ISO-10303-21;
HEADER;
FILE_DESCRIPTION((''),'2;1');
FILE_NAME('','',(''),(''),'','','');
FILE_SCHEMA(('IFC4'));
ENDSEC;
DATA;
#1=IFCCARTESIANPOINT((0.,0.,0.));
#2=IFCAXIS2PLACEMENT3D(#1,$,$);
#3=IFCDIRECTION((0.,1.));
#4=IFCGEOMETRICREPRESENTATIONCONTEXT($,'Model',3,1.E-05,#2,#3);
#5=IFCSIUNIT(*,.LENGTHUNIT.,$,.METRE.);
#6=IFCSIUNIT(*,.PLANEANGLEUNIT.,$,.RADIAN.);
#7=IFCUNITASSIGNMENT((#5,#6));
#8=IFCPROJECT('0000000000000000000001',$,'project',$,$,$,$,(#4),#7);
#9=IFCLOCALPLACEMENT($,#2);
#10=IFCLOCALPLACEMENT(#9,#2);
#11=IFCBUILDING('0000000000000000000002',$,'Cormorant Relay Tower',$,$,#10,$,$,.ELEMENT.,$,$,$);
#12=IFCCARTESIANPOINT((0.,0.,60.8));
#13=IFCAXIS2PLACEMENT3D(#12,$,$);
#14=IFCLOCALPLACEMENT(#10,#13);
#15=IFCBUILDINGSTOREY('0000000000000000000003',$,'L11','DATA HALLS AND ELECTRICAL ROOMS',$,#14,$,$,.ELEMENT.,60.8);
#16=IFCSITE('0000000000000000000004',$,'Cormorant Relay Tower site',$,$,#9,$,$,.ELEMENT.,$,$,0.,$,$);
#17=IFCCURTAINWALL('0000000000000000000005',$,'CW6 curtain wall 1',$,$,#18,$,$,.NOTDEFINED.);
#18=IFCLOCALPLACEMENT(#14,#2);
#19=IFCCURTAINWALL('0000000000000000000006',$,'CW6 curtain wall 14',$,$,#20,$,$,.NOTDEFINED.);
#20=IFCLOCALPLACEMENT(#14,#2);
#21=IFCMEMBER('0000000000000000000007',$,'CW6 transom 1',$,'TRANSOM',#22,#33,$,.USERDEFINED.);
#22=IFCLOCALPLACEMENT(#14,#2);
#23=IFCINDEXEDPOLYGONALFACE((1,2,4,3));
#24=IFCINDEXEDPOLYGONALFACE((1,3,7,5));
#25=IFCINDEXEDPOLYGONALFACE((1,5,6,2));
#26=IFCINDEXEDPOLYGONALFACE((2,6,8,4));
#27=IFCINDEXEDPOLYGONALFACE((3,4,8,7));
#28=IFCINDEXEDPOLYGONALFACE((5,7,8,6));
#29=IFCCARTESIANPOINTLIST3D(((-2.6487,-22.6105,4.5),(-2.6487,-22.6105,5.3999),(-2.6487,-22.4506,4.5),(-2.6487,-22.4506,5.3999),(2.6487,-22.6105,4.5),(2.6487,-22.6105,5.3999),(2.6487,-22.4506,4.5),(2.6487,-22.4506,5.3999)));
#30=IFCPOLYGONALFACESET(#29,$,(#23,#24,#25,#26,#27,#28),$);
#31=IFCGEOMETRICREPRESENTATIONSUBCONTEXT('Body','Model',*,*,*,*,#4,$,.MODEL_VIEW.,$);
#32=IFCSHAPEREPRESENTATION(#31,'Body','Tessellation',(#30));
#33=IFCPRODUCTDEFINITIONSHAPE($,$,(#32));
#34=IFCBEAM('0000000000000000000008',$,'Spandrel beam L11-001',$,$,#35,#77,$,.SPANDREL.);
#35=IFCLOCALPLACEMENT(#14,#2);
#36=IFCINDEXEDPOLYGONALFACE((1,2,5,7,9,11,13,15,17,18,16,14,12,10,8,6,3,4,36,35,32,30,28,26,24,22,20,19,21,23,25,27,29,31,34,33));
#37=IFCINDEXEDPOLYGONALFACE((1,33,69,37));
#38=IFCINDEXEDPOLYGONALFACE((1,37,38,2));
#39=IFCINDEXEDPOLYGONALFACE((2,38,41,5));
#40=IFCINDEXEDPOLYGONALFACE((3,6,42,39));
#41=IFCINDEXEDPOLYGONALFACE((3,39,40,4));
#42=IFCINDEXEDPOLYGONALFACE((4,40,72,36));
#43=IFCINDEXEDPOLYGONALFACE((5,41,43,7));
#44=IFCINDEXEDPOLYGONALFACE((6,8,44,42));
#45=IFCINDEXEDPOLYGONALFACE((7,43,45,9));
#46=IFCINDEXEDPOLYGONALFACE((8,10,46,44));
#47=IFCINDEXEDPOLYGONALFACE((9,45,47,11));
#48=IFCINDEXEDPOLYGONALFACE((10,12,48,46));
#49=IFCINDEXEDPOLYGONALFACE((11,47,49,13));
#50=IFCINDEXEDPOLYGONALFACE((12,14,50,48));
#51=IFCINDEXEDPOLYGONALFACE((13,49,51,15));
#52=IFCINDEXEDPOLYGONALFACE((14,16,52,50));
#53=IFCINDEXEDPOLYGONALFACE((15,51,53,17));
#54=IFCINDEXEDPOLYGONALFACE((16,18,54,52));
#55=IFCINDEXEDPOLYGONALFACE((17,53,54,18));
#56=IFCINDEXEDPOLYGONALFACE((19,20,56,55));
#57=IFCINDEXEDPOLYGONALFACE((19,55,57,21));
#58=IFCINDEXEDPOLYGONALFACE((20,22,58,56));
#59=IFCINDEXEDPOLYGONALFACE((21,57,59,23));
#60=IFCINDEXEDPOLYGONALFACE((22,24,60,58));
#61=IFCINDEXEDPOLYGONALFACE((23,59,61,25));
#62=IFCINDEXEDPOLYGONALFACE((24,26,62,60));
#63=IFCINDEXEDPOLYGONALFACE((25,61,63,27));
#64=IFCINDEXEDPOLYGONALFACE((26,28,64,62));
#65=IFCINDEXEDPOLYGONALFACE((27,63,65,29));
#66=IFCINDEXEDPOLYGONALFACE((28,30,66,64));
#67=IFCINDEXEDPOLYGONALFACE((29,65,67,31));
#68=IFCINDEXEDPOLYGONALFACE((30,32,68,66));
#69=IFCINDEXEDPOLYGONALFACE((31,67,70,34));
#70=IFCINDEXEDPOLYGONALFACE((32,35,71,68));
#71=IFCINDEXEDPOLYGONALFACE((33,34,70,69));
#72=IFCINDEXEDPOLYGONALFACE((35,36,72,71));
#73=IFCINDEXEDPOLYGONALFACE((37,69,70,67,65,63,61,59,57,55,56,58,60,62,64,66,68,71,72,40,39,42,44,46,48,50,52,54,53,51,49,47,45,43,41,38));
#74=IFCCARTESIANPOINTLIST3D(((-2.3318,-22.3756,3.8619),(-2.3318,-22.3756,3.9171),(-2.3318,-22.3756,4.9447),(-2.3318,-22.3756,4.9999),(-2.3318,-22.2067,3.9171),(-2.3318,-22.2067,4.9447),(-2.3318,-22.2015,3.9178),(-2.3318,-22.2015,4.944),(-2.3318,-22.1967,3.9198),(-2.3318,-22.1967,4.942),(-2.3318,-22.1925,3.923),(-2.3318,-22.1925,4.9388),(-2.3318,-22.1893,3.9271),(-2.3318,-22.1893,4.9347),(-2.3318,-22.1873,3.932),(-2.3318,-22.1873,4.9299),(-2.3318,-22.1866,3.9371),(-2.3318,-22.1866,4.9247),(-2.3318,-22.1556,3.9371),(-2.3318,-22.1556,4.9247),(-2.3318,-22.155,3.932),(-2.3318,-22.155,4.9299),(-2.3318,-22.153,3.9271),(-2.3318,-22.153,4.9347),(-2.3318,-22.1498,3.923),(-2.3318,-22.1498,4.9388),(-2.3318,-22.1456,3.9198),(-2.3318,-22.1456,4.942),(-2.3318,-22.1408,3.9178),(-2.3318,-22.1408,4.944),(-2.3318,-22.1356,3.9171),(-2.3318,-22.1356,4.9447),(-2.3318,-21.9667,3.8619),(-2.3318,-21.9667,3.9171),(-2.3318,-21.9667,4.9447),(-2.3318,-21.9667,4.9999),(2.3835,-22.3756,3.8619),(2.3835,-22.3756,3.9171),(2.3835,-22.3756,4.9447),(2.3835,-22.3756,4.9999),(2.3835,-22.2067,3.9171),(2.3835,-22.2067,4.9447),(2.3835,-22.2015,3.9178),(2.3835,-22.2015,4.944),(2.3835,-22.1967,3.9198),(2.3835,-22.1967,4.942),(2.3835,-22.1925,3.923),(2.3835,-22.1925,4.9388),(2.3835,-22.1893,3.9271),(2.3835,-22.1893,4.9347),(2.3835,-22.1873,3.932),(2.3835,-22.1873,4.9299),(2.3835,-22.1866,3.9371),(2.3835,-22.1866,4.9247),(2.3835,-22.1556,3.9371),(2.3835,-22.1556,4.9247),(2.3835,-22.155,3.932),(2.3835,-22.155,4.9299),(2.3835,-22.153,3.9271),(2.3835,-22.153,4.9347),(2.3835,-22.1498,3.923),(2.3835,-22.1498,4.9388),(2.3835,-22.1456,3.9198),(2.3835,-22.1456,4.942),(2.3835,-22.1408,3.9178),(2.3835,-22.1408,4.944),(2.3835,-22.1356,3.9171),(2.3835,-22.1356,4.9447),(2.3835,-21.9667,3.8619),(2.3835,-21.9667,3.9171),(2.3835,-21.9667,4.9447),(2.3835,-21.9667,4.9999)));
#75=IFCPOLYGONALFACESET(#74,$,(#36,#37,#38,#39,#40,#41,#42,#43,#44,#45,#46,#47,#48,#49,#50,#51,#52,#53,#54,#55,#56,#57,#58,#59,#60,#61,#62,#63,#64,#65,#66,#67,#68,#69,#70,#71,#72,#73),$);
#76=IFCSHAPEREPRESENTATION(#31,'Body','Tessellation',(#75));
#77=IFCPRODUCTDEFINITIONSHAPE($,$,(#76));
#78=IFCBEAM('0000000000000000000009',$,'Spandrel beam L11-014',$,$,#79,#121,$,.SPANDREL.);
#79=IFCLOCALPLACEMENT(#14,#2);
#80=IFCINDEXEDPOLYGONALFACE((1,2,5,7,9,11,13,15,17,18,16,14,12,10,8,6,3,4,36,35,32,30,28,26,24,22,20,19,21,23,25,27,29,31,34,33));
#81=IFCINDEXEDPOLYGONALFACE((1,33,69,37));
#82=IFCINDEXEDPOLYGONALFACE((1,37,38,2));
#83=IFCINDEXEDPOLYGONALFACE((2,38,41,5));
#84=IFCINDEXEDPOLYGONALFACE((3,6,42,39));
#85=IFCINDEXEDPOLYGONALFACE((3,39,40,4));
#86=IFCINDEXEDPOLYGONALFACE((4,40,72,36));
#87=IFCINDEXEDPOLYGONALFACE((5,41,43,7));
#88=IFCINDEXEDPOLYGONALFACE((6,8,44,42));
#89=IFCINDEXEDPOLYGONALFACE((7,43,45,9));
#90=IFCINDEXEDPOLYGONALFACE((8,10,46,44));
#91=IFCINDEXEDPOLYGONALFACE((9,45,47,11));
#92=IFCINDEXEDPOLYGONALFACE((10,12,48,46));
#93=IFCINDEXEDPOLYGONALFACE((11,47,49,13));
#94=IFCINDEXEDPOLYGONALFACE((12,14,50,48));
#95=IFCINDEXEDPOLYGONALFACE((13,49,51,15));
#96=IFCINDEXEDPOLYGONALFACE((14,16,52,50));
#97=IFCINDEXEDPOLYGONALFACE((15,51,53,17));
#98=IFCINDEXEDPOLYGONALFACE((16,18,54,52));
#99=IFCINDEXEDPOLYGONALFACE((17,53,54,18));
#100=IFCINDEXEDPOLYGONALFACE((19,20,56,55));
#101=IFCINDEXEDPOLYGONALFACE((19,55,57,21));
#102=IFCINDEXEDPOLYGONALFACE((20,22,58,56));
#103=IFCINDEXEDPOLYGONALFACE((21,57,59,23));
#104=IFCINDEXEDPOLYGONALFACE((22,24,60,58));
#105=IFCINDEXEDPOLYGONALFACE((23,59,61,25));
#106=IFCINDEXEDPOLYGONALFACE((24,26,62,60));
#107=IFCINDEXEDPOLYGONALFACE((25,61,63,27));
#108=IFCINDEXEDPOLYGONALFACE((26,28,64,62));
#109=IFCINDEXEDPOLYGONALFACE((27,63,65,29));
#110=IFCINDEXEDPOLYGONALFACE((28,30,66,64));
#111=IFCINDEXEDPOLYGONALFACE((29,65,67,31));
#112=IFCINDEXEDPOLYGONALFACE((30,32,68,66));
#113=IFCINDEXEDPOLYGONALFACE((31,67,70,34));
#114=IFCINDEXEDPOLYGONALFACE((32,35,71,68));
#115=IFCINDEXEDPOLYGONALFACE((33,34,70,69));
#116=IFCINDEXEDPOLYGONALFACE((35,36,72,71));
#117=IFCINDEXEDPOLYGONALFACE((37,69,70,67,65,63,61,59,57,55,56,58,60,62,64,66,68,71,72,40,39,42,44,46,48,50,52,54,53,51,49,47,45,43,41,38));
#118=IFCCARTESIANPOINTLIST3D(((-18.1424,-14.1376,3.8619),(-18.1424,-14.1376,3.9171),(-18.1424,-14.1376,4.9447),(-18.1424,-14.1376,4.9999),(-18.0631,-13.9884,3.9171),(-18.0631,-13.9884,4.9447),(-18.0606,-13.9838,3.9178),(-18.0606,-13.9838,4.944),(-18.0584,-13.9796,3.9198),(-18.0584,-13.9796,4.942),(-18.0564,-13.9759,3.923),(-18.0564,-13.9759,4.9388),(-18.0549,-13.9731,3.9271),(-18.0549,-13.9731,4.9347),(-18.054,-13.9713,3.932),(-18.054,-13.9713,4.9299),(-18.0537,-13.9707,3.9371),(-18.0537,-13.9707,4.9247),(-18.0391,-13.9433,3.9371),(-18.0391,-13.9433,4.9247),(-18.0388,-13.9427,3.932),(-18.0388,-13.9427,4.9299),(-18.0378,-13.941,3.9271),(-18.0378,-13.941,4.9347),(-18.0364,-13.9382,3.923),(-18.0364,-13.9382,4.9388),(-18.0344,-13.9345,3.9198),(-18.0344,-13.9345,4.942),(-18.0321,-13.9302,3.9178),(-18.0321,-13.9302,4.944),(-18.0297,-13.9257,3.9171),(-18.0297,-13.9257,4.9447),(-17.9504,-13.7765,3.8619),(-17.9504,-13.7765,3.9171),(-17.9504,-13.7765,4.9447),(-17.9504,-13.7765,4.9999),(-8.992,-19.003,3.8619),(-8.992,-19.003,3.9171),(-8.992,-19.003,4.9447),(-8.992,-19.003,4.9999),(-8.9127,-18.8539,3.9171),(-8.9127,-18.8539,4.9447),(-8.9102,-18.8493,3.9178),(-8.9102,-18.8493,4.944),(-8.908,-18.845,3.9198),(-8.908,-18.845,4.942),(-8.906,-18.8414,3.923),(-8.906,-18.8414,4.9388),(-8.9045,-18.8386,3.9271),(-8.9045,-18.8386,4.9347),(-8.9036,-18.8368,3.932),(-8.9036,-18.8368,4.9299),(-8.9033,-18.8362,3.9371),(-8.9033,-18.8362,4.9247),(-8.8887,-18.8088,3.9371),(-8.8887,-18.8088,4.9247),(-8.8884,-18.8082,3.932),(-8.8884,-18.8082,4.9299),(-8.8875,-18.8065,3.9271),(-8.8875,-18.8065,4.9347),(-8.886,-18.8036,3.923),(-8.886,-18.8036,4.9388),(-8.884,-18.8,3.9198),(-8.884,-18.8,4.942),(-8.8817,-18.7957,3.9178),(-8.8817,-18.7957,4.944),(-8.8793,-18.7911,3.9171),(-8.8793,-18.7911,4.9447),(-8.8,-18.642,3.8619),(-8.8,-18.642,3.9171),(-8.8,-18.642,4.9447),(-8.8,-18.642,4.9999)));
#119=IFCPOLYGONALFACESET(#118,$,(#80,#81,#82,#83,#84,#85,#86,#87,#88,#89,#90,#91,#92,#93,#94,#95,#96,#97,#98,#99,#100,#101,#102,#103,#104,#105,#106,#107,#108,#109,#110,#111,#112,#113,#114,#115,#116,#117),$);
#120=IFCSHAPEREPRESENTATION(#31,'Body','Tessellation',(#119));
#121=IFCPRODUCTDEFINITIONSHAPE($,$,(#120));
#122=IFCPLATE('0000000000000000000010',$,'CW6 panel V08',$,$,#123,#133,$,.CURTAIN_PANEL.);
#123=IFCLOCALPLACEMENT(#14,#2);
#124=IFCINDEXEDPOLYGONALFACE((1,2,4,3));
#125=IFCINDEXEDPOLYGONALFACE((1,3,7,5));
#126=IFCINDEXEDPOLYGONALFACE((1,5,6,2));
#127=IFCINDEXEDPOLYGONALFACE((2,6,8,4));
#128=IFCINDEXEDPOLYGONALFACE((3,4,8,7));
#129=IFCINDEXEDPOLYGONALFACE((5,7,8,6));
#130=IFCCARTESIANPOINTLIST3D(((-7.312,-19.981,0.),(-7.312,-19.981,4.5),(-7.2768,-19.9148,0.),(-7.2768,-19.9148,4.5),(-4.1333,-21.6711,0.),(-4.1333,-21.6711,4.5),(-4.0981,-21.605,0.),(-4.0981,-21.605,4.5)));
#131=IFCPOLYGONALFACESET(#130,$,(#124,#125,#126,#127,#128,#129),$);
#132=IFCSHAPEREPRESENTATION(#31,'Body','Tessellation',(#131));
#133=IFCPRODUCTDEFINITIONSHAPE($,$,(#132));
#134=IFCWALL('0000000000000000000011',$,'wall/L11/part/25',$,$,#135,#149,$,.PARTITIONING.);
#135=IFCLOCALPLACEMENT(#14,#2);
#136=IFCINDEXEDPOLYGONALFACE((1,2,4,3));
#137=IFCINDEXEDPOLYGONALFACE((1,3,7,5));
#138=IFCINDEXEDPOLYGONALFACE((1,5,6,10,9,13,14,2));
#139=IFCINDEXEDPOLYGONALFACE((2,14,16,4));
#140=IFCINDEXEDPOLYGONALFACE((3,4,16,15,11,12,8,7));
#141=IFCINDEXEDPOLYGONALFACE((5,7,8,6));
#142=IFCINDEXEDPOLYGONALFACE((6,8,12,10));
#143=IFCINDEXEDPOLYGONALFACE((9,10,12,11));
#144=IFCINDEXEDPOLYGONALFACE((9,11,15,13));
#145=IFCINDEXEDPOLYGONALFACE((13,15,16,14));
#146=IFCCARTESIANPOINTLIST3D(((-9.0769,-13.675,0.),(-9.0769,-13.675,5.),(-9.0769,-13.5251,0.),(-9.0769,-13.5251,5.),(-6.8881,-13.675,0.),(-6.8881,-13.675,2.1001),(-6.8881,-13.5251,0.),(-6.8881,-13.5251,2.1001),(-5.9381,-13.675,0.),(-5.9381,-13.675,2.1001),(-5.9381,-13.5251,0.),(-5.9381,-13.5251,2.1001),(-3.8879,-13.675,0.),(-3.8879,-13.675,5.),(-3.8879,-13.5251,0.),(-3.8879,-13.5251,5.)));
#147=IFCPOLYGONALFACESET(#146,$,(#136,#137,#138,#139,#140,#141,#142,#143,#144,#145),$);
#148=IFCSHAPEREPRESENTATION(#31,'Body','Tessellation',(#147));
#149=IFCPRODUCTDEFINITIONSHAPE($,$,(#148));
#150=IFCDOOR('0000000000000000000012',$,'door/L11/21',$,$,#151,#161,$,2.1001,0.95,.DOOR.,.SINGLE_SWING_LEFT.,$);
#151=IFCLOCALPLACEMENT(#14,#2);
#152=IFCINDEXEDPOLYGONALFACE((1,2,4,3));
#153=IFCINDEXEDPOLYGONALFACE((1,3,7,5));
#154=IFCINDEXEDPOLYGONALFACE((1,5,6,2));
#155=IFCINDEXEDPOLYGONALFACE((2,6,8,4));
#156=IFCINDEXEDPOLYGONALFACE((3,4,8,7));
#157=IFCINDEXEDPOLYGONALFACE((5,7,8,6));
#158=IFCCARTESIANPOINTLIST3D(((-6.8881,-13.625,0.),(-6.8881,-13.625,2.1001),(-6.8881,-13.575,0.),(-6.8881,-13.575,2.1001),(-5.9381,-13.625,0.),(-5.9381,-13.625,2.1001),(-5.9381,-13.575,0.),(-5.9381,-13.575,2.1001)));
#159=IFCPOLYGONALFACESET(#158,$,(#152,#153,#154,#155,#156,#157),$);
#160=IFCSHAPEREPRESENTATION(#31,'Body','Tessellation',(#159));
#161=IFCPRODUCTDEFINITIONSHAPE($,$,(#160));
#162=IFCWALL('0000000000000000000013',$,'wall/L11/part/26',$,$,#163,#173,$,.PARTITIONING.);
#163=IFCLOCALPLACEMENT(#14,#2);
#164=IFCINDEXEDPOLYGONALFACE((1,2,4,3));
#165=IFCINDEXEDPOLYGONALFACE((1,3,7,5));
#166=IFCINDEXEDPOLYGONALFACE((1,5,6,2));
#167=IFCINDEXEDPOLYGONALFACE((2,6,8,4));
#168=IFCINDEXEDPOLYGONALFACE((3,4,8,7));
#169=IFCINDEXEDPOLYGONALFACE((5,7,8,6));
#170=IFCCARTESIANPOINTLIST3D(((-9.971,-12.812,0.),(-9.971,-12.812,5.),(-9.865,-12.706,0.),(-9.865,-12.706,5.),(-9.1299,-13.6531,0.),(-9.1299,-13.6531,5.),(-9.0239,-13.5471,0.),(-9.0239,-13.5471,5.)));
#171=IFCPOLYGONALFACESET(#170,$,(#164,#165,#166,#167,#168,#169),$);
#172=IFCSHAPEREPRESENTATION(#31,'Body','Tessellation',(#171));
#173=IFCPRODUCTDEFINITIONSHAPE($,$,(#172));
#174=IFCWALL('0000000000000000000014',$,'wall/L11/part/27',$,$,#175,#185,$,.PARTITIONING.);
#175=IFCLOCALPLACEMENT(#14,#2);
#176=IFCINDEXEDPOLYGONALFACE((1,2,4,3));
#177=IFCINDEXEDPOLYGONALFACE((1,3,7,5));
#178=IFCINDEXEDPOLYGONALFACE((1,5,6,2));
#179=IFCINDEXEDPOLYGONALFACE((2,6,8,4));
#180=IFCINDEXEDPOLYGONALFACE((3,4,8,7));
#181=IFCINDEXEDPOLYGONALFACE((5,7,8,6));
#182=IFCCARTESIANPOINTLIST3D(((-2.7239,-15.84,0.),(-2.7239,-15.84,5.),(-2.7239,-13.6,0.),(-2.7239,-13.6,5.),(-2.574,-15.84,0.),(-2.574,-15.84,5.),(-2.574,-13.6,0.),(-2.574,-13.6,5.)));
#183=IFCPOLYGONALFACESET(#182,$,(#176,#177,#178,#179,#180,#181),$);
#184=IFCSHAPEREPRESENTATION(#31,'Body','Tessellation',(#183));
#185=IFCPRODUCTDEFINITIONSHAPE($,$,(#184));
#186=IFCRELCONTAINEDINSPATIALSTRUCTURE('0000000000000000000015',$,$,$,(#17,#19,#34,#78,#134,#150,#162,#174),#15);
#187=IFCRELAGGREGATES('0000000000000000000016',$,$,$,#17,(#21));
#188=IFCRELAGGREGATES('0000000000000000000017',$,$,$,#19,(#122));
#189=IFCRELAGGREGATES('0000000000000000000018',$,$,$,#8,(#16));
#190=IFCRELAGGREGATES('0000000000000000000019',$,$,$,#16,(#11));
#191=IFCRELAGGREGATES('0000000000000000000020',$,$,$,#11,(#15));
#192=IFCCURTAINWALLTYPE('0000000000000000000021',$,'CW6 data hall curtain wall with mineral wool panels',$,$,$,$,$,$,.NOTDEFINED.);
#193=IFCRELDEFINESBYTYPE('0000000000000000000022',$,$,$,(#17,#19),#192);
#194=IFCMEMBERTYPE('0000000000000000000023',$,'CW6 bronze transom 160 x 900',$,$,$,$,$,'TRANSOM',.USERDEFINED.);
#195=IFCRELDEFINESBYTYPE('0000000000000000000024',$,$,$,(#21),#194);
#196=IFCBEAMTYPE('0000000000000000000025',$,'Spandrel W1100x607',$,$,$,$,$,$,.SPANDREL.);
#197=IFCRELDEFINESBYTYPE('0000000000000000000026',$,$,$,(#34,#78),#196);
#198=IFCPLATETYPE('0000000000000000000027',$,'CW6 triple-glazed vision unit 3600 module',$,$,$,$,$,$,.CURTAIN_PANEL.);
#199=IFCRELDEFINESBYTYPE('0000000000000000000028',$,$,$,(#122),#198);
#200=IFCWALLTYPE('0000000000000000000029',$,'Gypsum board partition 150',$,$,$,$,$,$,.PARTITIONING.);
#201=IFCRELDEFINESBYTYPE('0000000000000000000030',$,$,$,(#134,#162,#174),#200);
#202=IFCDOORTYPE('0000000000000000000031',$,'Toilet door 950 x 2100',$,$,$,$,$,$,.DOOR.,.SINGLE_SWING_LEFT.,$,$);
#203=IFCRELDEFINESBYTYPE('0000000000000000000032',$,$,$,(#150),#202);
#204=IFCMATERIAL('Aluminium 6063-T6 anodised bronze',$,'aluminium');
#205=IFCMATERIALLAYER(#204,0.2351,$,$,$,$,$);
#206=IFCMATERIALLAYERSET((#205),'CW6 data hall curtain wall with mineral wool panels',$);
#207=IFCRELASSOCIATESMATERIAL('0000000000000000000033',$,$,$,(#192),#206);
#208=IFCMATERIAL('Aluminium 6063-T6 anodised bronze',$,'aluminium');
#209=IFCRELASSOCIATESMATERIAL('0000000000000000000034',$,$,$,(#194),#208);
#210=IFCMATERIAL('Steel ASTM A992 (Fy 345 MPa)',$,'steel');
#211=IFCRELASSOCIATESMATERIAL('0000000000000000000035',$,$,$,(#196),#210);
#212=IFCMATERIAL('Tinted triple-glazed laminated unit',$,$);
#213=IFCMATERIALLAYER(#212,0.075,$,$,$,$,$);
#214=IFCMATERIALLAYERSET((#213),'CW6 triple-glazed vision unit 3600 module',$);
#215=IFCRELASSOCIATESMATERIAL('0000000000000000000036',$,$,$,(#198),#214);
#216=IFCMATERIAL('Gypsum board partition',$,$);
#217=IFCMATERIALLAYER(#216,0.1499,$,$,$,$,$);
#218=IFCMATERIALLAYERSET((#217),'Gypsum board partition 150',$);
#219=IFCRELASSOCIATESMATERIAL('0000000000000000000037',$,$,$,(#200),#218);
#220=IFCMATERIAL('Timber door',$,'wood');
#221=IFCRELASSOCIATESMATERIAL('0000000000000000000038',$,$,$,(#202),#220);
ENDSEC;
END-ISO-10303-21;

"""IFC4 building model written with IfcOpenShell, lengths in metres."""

from ifc_helpers import new_model, si_unit, direction, frame, frame_2d, origin, origin_2d, place, context, subcontext, project, spatial, rectangle, i_section, extrude, material, layer, layer_set, material_profile, profile_set, type_object, element, fill, aggregate, save


model = new_model("IFC4")

# Units and contexts
model_context = context("Model", 3, precision=1e-05, world=origin(), true_north=direction((0.0, 1.0)))
body_context = subcontext(model_context, "Body", "Model", "MODEL_VIEW")
ifc_project = project(units=[si_unit("LENGTHUNIT", "METRE"), si_unit("PLANEANGLEUNIT", "RADIAN")], contexts=[model_context])

# Site, building, storey
site_placement = place(None, origin())
site = spatial("IfcSite", under=ifc_project, at=site_placement, Name="Cormorant Relay Tower site", CompositionType="ELEMENT", RefElevation=0.0)
building_placement = place(site_placement, origin())
building = spatial("IfcBuilding", under=site, at=building_placement, Name="Cormorant Relay Tower", CompositionType="ELEMENT")
storey_placement = place(building_placement, frame((0.0, 0.0, 60.8)))
storey = spatial("IfcBuildingStorey", under=building, at=storey_placement, Name="L11", Description="DATA HALLS AND ELECTRICAL ROOMS", CompositionType="ELEMENT", Elevation=60.8)

# Curtain wall
ifc_material_1 = material(Name="Aluminium 6063-T6 anodised bronze", Category="aluminium")
ifc_layer_1 = layer(ifc_material_1, 0.2351)
ifc_layer_set_1 = layer_set([ifc_layer_1], Name="CW6 data hall curtain wall with mineral wool panels")
curtain_wall_type = type_object("IfcCurtainWallType", Name="CW6 data hall curtain wall with mineral wool panels", PredefinedType="NOTDEFINED", material=ifc_layer_set_1)
curtain_wall_1_placement = place(storey_placement, origin())
curtain_wall_1 = element("IfcCurtainWall", 1, at=curtain_wall_1_placement, inside=storey, type_object=curtain_wall_type, Name="CW6 curtain wall 1", PredefinedType="NOTDEFINED")

# Curtain wall
curtain_wall_2_placement = place(storey_placement, origin())
curtain_wall_2 = element("IfcCurtainWall", 2, at=curtain_wall_2_placement, inside=storey, type_object=curtain_wall_type, Name="CW6 curtain wall 14", PredefinedType="NOTDEFINED")

# Member
ifc_material_2 = material(Name="Aluminium 6063-T6 anodised bronze", Category="aluminium")
ifc_material_profile_1 = material_profile(ifc_material_2, rectangle(XDim=0.1599, YDim=0.8999, at=origin_2d()), Name="AL 160x900")
ifc_profile_set_1 = profile_set([ifc_material_profile_1], Name="Aluminium 6063-T6 anodised bronze")
member_type_1 = type_object("IfcMemberType", Name="CW6 bronze transom 160 x 900", ElementType="TRANSOM", PredefinedType="USERDEFINED", material=ifc_profile_set_1)
member_1_placement = place(storey_placement, frame((-2.6487, -22.5305, 4.95), z_axis=(1.0, 0.0, 0.0), x_axis=(0.0, 1.0, 0.0)))
member_1 = element("IfcMember", 3, at=member_1_placement, type_object=member_type_1, Name="CW6 transom 1", ObjectType="TRANSOM", PredefinedType="USERDEFINED", context=body_context, shape_type="SweptSolid", body=[
    extrude(rectangle(XDim=0.1599, YDim=0.8999, at=origin_2d()), origin(), (0.0, 0.0, 1.0), 5.2974),
])

# Beams
ifc_material_3 = material(Name="Steel ASTM A992 (Fy 345 MPa)", Category="steel")
ifc_material_profile_2 = material_profile(ifc_material_3, i_section(OverallWidth=0.4089, OverallDepth=1.1379, WebThickness=0.031, FlangeThickness=0.0552, FilletRadius=0.02, at=origin_2d()), Name="W1100x607")
ifc_profile_set_2 = profile_set([ifc_material_profile_2], Name="Steel ASTM A992 (Fy 345 MPa)")
beam_type = type_object("IfcBeamType", Name="Spandrel W1100x607", PredefinedType="SPANDREL", material=ifc_profile_set_2)
beam_1_placement = place(storey_placement, frame((-2.3318, -22.1711, 4.4309), z_axis=(1.0, 0.0, 0.0), x_axis=(0.0, 1.0, 0.0)))
element("IfcBeam", 4, at=beam_1_placement, inside=storey, type_object=beam_type, Name="Spandrel beam L11-001", PredefinedType="SPANDREL", context=body_context, shape_type="SweptSolid", body=[
    extrude(i_section(OverallWidth=0.4089, OverallDepth=1.1379, WebThickness=0.031, FlangeThickness=0.0552, FilletRadius=0.02, at=origin_2d()), origin(), (0.0, 0.0, 1.0), 4.7153),
])
beam_2_placement = place(storey_placement, frame((-18.0464, -13.957, 4.4309), z_axis=(0.882942, -0.469481, 0.0), x_axis=(0.469481, 0.882942, 0.0)))
element("IfcBeam", 5, at=beam_2_placement, inside=storey, type_object=beam_type, Name="Spandrel beam L11-014", PredefinedType="SPANDREL", context=body_context, shape_type="SweptSolid", body=[
    extrude(i_section(OverallWidth=0.4089, OverallDepth=1.1379, WebThickness=0.031, FlangeThickness=0.0552, FilletRadius=0.02, at=origin_2d()), origin(), (0.0, 0.0, 1.0), 10.3635),
])

# Plate
ifc_material_4 = material(Name="Tinted triple-glazed laminated unit")
ifc_layer_2 = layer(ifc_material_4, 0.075)
ifc_layer_set_2 = layer_set([ifc_layer_2], Name="CW6 triple-glazed vision unit 3600 module")
plate_type = type_object("IfcPlateType", Name="CW6 triple-glazed vision unit 3600 module", PredefinedType="CURTAIN_PANEL", material=ifc_layer_set_2)
plate_placement = place(storey_placement, frame((-5.7051, -20.793, 0.0), z_axis=(0.0, 0.0, 1.0), x_axis=(0.882948, -0.469472, 0.0)))
plate = element("IfcPlate", 6, at=plate_placement, type_object=plate_type, Name="CW6 panel V08", PredefinedType="CURTAIN_PANEL", context=body_context, shape_type="SweptSolid", body=[
    extrude(rectangle(XDim=3.6001, YDim=0.075, at=origin_2d()), origin(), (0.0, 0.0, 1.0), 4.5),
])

# Wall, opening, door
ifc_material_5 = material(Name="Gypsum board partition")
ifc_layer_3 = layer(ifc_material_5, 0.1499)
ifc_layer_set_3 = layer_set([ifc_layer_3], Name="Gypsum board partition 150")
wall_type_1 = type_object("IfcWallType", Name="Gypsum board partition 150", PredefinedType="PARTITIONING", material=ifc_layer_set_3)
wall_1_placement = place(storey_placement, frame((-3.8879, -13.6001, 0.0), z_axis=(0.0, 0.0, 1.0), x_axis=(-1.0, 0.0, 0.0)))
wall_1 = element("IfcWall", 7, at=wall_1_placement, inside=storey, type_object=wall_type_1, Name="wall/L11/part/25", PredefinedType="PARTITIONING", context=body_context, shape_type="SweptSolid", body=[
    extrude(rectangle(XDim=5.189, YDim=0.1499, at=frame_2d((2.5945, 0.0))), origin(), (0.0, 0.0, 1.0), 5.0),
])
opening_1_placement = place(wall_1_placement, frame((2.05, 0.0, 0.0)))
opening_1 = element("IfcOpeningElement", 8, at=opening_1_placement, cuts=wall_1, PredefinedType="OPENING", context=body_context, shape_type="SweptSolid", body=[
    extrude(rectangle(XDim=0.95, YDim=2.1001, at=frame_2d((0.4751, 1.05))), frame((0.0, 0.085, 0.0), z_axis=(0.0, -1.0, 0.0), x_axis=(1.0, 0.0, 0.0)), (0.0, 0.0, 1.0), 0.1699),
])
ifc_material_6 = material(Name="Timber door", Category="wood")
door_type_1 = type_object("IfcDoorType", Name="Toilet door 950 x 2100", OperationType="SINGLE_SWING_LEFT", PredefinedType="DOOR", material=ifc_material_6)
door_1_placement = place(opening_1_placement, origin())
door_1 = element("IfcDoor", 9, at=door_1_placement, inside=storey, type_object=door_type_1, Name="door/L11/21", OperationType="SINGLE_SWING_LEFT", OverallHeight=2.1001, OverallWidth=0.95, PredefinedType="DOOR", context=body_context, shape_type="SweptSolid", body=[
    extrude(rectangle(XDim=0.95, YDim=2.1001, at=frame_2d((0.4751, 1.05))), frame((0.0, 0.0249, 0.0), z_axis=(0.0, -1.0, 0.0), x_axis=(1.0, 0.0, 0.0)), (0.0, 0.0, 1.0), 0.05),
])
fill(opening_1, door_1)

# Walls
wall_2_placement = place(storey_placement, frame((-9.0769, -13.6001, 0.0), z_axis=(0.0, 0.0, 1.0), x_axis=(-0.707107, 0.707107, 0.0)))
element("IfcWall", 10, at=wall_2_placement, inside=storey, type_object=wall_type_1, Name="wall/L11/part/26", PredefinedType="PARTITIONING", context=body_context, shape_type="SweptSolid", body=[
    extrude(rectangle(XDim=1.1895, YDim=0.1499, at=frame_2d((0.5947, 0.0))), origin(), (0.0, 0.0, 1.0), 5.0),
])
wall_3_placement = place(storey_placement, frame((-2.6489, -15.8401, 0.0), z_axis=(0.0, 0.0, 1.0), x_axis=(0.0, 1.0, 0.0)))
element("IfcWall", 11, at=wall_3_placement, inside=storey, type_object=wall_type_1, Name="wall/L11/part/27", PredefinedType="PARTITIONING", context=body_context, shape_type="SweptSolid", body=[
    extrude(rectangle(XDim=2.24, YDim=0.1499, at=frame_2d((1.1201, 0.0))), origin(), (0.0, 0.0, 1.0), 5.0),
])

aggregate(curtain_wall_1, [member_1])
aggregate(curtain_wall_2, [plate])

save(model, "model.ifc")
